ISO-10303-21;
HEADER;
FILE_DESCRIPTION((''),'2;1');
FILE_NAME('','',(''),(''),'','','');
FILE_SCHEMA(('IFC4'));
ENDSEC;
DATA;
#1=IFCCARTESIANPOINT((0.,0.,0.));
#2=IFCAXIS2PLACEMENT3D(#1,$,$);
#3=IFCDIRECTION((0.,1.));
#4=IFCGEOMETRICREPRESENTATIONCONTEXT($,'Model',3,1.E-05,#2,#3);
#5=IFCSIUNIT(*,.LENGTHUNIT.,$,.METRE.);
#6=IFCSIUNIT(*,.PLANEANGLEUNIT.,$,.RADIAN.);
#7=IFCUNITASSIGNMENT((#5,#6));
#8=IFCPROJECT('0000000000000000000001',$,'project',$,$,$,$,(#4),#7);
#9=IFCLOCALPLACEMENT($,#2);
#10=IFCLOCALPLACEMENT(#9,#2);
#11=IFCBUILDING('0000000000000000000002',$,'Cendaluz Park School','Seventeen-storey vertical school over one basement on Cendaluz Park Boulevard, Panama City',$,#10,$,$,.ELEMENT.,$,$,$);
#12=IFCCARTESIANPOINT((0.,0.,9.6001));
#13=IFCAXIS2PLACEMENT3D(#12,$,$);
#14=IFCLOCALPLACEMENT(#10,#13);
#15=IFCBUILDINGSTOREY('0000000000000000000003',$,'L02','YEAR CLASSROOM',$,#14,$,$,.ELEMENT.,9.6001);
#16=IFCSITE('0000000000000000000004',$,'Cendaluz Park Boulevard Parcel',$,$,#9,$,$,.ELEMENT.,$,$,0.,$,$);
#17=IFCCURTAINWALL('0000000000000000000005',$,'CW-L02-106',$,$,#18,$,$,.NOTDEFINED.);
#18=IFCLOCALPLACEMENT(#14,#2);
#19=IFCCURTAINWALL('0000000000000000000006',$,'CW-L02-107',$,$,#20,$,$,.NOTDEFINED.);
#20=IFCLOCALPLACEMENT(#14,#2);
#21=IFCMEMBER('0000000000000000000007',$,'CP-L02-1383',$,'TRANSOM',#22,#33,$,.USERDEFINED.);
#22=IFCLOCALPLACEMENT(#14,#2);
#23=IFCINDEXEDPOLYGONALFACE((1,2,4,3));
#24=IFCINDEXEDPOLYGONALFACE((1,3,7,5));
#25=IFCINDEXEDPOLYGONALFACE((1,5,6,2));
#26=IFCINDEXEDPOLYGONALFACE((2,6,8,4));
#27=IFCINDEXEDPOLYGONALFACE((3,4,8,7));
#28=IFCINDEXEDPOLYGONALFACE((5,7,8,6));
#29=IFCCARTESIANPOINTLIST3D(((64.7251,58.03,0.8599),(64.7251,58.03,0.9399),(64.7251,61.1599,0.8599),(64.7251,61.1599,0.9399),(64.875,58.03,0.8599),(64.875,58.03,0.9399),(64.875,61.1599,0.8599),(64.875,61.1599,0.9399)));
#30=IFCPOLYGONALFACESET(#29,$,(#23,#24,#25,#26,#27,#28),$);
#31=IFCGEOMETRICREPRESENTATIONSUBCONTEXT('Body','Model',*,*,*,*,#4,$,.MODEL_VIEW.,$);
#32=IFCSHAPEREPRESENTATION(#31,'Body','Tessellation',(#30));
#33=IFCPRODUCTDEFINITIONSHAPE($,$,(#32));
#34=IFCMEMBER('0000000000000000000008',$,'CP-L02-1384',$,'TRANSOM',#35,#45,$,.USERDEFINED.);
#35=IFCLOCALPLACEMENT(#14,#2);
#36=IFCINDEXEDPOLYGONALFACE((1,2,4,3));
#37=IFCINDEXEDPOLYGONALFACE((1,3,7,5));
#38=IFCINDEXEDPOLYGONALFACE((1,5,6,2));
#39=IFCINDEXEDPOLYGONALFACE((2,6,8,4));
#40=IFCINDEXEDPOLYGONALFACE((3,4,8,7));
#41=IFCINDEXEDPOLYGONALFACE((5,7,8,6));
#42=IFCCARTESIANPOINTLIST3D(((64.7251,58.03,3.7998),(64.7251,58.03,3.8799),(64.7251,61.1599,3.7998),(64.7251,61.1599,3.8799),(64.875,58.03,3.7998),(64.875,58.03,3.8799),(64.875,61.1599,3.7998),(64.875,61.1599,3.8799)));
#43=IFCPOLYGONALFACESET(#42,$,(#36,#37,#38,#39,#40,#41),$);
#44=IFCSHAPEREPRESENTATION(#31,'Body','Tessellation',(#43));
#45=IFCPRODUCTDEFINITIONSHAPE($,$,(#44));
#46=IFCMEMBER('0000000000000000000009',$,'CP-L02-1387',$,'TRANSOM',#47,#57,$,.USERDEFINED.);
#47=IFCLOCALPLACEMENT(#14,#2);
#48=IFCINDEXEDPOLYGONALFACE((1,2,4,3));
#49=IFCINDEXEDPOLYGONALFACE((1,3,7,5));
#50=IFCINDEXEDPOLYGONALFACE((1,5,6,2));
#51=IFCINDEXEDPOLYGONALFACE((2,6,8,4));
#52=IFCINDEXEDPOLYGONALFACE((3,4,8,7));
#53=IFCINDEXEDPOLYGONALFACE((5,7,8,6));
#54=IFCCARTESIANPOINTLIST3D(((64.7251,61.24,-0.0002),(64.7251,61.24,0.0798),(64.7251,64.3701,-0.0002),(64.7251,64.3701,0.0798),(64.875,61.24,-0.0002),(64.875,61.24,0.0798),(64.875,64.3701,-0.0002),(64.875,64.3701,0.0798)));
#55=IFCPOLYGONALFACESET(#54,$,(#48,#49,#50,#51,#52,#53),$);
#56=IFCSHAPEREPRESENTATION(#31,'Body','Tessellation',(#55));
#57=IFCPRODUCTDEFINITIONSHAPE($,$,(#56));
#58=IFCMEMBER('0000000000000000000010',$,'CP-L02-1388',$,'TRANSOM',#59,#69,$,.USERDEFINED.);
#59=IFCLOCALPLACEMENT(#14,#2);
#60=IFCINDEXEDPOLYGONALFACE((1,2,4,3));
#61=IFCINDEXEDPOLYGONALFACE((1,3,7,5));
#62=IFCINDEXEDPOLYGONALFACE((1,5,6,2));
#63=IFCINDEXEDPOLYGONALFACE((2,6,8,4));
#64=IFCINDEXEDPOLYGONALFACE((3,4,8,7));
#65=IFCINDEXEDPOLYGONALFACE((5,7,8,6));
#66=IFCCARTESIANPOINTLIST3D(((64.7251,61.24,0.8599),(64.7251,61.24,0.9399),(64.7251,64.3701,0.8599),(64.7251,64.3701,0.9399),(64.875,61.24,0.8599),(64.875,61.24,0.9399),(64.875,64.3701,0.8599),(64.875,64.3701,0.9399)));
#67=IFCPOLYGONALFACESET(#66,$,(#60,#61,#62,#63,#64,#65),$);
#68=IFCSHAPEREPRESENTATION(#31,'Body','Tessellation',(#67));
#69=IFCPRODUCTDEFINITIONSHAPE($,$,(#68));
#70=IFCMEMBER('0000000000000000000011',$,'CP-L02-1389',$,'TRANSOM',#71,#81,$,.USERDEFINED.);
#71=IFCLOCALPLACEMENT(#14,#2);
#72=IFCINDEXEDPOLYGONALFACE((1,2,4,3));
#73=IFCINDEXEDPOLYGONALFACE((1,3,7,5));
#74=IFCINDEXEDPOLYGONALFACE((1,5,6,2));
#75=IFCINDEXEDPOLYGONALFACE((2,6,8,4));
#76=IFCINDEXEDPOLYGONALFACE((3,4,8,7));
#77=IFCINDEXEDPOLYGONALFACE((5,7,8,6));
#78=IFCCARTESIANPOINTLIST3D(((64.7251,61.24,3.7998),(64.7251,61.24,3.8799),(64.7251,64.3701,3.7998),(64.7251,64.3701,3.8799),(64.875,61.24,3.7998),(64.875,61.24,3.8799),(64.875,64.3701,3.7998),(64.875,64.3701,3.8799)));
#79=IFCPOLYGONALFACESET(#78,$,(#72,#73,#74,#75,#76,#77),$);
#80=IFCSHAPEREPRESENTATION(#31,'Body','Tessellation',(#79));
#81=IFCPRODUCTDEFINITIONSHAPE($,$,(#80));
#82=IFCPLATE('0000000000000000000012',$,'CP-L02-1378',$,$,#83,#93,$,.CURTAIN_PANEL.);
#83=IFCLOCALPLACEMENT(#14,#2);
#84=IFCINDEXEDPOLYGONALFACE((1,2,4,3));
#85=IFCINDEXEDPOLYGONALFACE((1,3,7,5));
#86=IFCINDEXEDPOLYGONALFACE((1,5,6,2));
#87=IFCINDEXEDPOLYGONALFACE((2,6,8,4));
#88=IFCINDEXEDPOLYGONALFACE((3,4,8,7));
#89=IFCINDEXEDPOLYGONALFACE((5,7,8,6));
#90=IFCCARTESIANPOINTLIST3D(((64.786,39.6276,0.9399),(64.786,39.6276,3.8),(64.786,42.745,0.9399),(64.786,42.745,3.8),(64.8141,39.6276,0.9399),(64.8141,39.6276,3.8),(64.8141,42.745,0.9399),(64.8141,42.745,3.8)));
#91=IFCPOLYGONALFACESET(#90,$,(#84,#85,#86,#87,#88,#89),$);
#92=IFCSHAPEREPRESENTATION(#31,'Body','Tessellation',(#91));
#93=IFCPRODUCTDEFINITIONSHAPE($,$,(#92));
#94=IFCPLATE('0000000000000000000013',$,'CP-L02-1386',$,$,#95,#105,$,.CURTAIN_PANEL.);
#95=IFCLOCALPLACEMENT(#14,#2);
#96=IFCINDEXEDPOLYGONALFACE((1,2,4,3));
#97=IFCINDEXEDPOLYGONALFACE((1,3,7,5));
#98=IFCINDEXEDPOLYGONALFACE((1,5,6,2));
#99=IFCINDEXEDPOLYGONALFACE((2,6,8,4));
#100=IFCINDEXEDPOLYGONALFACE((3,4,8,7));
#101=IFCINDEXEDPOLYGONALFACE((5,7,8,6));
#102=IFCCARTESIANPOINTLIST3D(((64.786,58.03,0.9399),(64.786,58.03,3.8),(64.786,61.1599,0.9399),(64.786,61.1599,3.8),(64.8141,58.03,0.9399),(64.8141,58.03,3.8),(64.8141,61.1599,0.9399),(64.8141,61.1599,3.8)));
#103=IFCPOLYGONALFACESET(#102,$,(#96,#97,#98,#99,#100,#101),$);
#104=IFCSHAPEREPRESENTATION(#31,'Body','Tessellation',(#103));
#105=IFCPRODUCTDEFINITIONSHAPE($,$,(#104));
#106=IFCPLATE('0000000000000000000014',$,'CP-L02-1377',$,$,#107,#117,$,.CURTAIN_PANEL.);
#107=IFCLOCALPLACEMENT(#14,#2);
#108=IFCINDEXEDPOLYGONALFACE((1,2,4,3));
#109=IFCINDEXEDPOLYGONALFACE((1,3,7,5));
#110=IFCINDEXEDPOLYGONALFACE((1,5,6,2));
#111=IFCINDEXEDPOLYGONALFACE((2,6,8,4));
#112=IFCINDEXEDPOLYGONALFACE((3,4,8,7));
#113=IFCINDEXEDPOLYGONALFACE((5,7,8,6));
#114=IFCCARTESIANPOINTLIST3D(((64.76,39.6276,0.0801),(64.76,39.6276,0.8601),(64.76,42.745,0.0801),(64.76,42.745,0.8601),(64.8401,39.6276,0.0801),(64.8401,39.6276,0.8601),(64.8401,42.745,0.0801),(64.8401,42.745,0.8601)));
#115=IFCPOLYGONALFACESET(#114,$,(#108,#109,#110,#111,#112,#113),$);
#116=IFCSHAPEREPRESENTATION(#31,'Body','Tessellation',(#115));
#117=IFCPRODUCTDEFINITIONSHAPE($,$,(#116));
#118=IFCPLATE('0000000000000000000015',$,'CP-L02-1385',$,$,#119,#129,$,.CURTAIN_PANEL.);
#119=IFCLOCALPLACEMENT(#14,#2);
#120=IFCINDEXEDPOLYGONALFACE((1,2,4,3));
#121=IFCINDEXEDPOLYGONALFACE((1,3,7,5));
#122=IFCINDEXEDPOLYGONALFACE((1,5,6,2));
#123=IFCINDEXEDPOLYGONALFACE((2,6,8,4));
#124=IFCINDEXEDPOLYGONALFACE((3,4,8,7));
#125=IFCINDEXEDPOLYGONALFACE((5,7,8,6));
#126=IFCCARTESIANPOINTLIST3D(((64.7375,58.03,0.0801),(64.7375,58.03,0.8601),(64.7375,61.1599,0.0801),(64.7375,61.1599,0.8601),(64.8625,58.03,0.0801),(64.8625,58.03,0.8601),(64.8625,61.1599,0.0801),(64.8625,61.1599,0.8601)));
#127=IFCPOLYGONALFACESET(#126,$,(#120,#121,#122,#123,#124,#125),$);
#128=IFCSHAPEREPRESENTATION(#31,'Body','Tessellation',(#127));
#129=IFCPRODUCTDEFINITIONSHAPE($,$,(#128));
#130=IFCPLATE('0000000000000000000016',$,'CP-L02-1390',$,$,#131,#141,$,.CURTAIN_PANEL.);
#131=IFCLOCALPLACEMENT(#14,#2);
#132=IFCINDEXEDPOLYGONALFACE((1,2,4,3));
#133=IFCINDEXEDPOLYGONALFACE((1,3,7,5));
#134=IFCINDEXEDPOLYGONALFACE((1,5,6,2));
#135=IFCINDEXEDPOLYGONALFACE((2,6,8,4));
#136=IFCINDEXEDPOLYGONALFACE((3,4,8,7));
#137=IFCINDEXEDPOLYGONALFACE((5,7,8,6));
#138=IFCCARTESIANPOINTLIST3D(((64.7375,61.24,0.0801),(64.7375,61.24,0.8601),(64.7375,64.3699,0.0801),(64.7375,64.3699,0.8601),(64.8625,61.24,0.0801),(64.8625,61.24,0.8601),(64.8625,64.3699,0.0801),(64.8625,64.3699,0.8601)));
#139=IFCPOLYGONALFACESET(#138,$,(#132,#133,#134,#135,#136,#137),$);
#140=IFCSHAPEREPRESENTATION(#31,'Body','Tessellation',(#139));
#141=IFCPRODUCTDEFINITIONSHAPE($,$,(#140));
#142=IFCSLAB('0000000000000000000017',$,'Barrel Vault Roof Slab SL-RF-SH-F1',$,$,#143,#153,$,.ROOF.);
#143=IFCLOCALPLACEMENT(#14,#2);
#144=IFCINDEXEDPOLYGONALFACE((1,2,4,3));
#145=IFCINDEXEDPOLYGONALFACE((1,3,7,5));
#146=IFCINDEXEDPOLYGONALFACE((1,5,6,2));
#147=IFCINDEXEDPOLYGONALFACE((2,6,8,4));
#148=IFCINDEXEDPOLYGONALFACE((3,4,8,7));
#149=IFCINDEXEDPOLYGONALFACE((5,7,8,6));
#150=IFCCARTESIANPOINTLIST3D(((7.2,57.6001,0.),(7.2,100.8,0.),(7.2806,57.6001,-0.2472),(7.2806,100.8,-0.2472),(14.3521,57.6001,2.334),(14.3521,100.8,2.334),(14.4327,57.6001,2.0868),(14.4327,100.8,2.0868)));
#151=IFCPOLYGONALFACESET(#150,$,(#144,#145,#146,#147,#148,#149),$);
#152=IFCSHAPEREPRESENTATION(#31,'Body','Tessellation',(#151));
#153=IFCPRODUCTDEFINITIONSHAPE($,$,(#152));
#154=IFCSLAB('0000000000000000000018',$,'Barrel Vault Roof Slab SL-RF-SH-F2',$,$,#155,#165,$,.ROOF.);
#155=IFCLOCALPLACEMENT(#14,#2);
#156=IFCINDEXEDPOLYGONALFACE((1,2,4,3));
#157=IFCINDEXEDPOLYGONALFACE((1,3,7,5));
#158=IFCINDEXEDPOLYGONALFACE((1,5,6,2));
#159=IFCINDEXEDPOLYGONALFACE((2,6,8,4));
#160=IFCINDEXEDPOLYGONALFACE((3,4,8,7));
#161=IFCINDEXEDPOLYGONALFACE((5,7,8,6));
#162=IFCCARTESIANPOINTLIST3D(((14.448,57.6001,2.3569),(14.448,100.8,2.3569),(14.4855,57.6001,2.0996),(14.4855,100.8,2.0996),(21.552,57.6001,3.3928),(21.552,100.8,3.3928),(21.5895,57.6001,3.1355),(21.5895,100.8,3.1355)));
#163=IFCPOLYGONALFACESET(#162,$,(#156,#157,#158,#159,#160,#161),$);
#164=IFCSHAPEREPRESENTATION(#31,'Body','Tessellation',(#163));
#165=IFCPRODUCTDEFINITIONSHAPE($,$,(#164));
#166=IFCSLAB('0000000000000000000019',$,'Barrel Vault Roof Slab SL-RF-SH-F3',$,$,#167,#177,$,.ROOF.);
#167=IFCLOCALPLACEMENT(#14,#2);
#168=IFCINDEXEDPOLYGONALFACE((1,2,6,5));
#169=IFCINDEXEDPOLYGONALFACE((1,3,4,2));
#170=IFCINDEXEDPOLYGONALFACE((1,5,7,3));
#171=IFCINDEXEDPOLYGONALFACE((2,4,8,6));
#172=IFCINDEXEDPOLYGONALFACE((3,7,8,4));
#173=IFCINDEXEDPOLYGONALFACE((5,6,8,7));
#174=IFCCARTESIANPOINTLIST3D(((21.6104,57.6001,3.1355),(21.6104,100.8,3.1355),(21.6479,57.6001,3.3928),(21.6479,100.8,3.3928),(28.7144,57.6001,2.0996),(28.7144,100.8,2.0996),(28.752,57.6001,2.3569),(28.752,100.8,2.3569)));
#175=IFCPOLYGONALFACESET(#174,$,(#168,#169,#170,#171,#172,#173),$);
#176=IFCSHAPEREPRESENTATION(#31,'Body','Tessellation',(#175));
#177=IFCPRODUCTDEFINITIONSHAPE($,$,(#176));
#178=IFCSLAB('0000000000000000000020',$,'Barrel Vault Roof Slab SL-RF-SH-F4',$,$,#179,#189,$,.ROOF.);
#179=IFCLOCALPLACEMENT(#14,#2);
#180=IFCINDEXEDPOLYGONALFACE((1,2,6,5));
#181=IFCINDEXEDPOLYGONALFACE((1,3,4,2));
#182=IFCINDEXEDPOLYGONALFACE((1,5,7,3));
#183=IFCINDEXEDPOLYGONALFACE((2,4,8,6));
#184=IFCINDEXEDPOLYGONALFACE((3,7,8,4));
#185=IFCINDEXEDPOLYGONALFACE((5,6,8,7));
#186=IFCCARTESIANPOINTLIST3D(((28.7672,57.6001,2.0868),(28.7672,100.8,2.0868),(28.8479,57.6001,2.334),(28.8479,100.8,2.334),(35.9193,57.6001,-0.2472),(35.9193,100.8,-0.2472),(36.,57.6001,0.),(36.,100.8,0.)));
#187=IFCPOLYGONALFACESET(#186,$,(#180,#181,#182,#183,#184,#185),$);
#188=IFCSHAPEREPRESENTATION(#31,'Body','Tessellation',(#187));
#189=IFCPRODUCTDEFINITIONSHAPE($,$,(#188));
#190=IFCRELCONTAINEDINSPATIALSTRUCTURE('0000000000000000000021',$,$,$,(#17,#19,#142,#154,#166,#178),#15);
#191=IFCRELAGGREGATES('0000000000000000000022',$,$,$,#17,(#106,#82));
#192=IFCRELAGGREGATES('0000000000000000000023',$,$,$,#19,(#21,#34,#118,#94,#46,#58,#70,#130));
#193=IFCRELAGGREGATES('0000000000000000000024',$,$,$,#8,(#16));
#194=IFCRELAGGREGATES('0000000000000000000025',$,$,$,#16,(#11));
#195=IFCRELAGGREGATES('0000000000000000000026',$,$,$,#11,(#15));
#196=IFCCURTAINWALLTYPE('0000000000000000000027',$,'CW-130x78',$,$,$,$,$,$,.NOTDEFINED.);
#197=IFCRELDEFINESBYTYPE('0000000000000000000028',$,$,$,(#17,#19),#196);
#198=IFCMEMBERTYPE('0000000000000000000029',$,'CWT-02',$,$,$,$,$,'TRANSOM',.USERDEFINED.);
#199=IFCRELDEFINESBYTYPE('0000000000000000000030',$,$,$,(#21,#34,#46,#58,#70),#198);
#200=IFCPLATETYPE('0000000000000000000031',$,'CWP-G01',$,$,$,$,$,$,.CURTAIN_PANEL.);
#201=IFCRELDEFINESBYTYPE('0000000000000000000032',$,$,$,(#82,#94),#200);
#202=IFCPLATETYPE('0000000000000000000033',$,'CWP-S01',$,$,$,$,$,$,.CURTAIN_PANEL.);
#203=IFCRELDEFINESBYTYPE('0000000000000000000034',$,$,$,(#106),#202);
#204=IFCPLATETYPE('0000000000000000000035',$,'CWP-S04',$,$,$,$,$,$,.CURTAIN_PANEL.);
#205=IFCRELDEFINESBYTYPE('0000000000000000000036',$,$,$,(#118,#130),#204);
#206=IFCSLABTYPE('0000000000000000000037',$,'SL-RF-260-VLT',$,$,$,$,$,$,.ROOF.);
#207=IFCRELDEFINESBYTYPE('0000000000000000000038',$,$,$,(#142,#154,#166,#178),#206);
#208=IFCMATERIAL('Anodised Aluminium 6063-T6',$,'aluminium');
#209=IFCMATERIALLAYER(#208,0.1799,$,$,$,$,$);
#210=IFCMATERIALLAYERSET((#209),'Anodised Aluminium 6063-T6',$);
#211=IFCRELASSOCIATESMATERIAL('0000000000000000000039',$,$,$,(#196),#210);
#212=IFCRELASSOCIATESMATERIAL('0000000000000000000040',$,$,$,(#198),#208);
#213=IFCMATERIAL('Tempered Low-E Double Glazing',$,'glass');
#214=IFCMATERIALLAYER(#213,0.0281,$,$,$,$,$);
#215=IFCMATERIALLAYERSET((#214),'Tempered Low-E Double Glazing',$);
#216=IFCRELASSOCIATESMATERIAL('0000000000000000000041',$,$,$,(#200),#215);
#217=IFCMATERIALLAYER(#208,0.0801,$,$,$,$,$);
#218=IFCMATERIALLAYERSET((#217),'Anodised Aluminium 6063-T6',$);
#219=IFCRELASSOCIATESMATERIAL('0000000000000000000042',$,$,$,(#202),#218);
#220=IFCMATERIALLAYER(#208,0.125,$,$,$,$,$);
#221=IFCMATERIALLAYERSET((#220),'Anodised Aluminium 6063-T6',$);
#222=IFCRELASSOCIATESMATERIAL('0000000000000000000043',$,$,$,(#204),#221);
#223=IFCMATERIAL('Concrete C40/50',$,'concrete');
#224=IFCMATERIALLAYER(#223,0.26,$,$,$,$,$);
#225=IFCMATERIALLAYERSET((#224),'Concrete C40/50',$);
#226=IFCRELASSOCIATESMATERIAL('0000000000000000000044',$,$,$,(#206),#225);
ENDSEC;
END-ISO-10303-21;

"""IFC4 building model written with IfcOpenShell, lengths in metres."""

from ifc_helpers import new_model, si_unit, direction, frame, origin, origin_2d, place, context, subcontext, project, spatial, polyline, rectangle, outline, extrude, material, layer, layer_set, material_profile, profile_set, type_object, element, aggregate, save


model = new_model("IFC4")

# Units and contexts
model_context = context("Model", 3, precision=1e-05, world=origin(), true_north=direction((0.0, 1.0)))
body_context = subcontext(model_context, "Body", "Model", "MODEL_VIEW")
ifc_project = project(units=[si_unit("LENGTHUNIT", "METRE"), si_unit("PLANEANGLEUNIT", "RADIAN")], contexts=[model_context])

# Site, building, storey
site_placement = place(None, origin())
site = spatial("IfcSite", under=ifc_project, at=site_placement, Name="Cendaluz Park Boulevard Parcel", CompositionType="ELEMENT", RefElevation=0.0)
building_placement = place(site_placement, origin())
building = spatial("IfcBuilding", under=site, at=building_placement, Name="Cendaluz Park School", Description="Seventeen-storey vertical school over one basement on Cendaluz Park Boulevard, Panama City", CompositionType="ELEMENT")
storey_placement = place(building_placement, frame((0.0, 0.0, 9.6001)))
storey = spatial("IfcBuildingStorey", under=building, at=storey_placement, Name="L02", Description="YEAR CLASSROOM", CompositionType="ELEMENT", Elevation=9.6001)

# Shared definitions
ifc_material_1 = material(Name="Concrete C40/50", Category="concrete")

# Curtain walls
ifc_material_2 = material(Name="Anodised Aluminium 6063-T6", Category="aluminium")
ifc_layer_1 = layer(ifc_material_2, 0.1799)
ifc_layer_set_1 = layer_set([ifc_layer_1], Name="Anodised Aluminium 6063-T6")
curtain_wall_type = type_object("IfcCurtainWallType", Name="CW-130x78", PredefinedType="NOTDEFINED", material=ifc_layer_set_1)
curtain_wall_1_placement = place(storey_placement, origin())
curtain_wall_1 = element("IfcCurtainWall", 1, at=curtain_wall_1_placement, inside=storey, type_object=curtain_wall_type, Name="CW-L02-106", PredefinedType="NOTDEFINED")
curtain_wall_2_placement = place(storey_placement, origin())
curtain_wall_2 = element("IfcCurtainWall", 2, at=curtain_wall_2_placement, inside=storey, type_object=curtain_wall_type, Name="CW-L02-107", PredefinedType="NOTDEFINED")

# Members
ifc_material_profile_1 = material_profile(ifc_material_2, rectangle(XDim=0.1499, YDim=0.0801, at=origin_2d()), Name="CWT 150x80", Category="aluminium")
ifc_profile_set_1 = profile_set([ifc_material_profile_1], Name="Anodised Aluminium 6063-T6")
member_type_1 = type_object("IfcMemberType", Name="CWT-02", ElementType="TRANSOM", PredefinedType="USERDEFINED", material=ifc_profile_set_1)
member_1_placement = place(storey_placement, frame((64.8, 58.03, 0.8999), z_axis=(0.0, 1.0, 0.0), x_axis=(-1.0, 0.0, 0.0)))
member_1 = element("IfcMember", 3, at=member_1_placement, type_object=member_type_1, Name="CP-L02-1383", ObjectType="TRANSOM", PredefinedType="USERDEFINED", context=body_context, shape_type="SweptSolid", body=[
    extrude(rectangle(XDim=0.1499, YDim=0.0801, at=origin_2d()), origin(), (0.0, 0.0, 1.0), 3.1299),
])
member_2_placement = place(storey_placement, frame((64.8, 58.03, 3.8398), z_axis=(0.0, 1.0, 0.0), x_axis=(-1.0, 0.0, 0.0)))
member_2 = element("IfcMember", 4, at=member_2_placement, type_object=member_type_1, Name="CP-L02-1384", ObjectType="TRANSOM", PredefinedType="USERDEFINED", context=body_context, shape_type="SweptSolid", body=[
    extrude(rectangle(XDim=0.1499, YDim=0.0801, at=origin_2d()), origin(), (0.0, 0.0, 1.0), 3.1299),
])
member_3_placement = place(storey_placement, frame((64.8, 61.24, 0.0398), z_axis=(0.0, 1.0, 0.0), x_axis=(-1.0, 0.0, 0.0)))
member_3 = element("IfcMember", 5, at=member_3_placement, type_object=member_type_1, Name="CP-L02-1387", ObjectType="TRANSOM", PredefinedType="USERDEFINED", context=body_context, shape_type="SweptSolid", body=[
    extrude(rectangle(XDim=0.1499, YDim=0.0801, at=origin_2d()), origin(), (0.0, 0.0, 1.0), 3.1301),
])
member_4_placement = place(storey_placement, frame((64.8, 61.24, 0.8999), z_axis=(0.0, 1.0, 0.0), x_axis=(-1.0, 0.0, 0.0)))
member_4 = element("IfcMember", 6, at=member_4_placement, type_object=member_type_1, Name="CP-L02-1388", ObjectType="TRANSOM", PredefinedType="USERDEFINED", context=body_context, shape_type="SweptSolid", body=[
    extrude(rectangle(XDim=0.1499, YDim=0.0801, at=origin_2d()), origin(), (0.0, 0.0, 1.0), 3.1301),
])
member_5_placement = place(storey_placement, frame((64.8, 61.24, 3.8398), z_axis=(0.0, 1.0, 0.0), x_axis=(-1.0, 0.0, 0.0)))
member_5 = element("IfcMember", 7, at=member_5_placement, type_object=member_type_1, Name="CP-L02-1389", ObjectType="TRANSOM", PredefinedType="USERDEFINED", context=body_context, shape_type="SweptSolid", body=[
    extrude(rectangle(XDim=0.1499, YDim=0.0801, at=origin_2d()), origin(), (0.0, 0.0, 1.0), 3.1301),
])

# Plates
ifc_material_3 = material(Name="Tempered Low-E Double Glazing", Category="glass")
ifc_layer_2 = layer(ifc_material_3, 0.0281)
ifc_layer_set_2 = layer_set([ifc_layer_2], Name="Tempered Low-E Double Glazing")
plate_type_1 = type_object("IfcPlateType", Name="CWP-G01", PredefinedType="CURTAIN_PANEL", material=ifc_layer_set_2)
plate_1_placement = place(storey_placement, frame((64.8, 41.1863, 0.9399), z_axis=(0.0, 0.0, 1.0), x_axis=(0.0, 1.0, 0.0)))
plate_1 = element("IfcPlate", 8, at=plate_1_placement, type_object=plate_type_1, Name="CP-L02-1378", PredefinedType="CURTAIN_PANEL", context=body_context, shape_type="SweptSolid", body=[
    extrude(rectangle(XDim=3.1174, YDim=0.0281, at=origin_2d()), origin(), (0.0, 0.0, 1.0), 2.8601),
])
plate_2_placement = place(storey_placement, frame((64.8, 59.595, 0.9399), z_axis=(0.0, 0.0, 1.0), x_axis=(0.0, 1.0, 0.0)))
plate_2 = element("IfcPlate", 9, at=plate_2_placement, type_object=plate_type_1, Name="CP-L02-1386", PredefinedType="CURTAIN_PANEL", context=body_context, shape_type="SweptSolid", body=[
    extrude(rectangle(XDim=3.1299, YDim=0.0281, at=origin_2d()), origin(), (0.0, 0.0, 1.0), 2.8601),
])
ifc_layer_3 = layer(ifc_material_2, 0.0801)
ifc_layer_set_3 = layer_set([ifc_layer_3], Name="Anodised Aluminium 6063-T6")
plate_type_2 = type_object("IfcPlateType", Name="CWP-S01", PredefinedType="CURTAIN_PANEL", material=ifc_layer_set_3)
plate_3_placement = place(storey_placement, frame((64.8, 41.1863, 0.0801), z_axis=(0.0, 0.0, 1.0), x_axis=(0.0, 1.0, 0.0)))
plate_3 = element("IfcPlate", 10, at=plate_3_placement, type_object=plate_type_2, Name="CP-L02-1377", PredefinedType="CURTAIN_PANEL", context=body_context, shape_type="SweptSolid", body=[
    extrude(rectangle(XDim=3.1174, YDim=0.0801, at=origin_2d()), origin(), (0.0, 0.0, 1.0), 0.78),
])
aggregate(curtain_wall_1, [plate_3, plate_1])
ifc_layer_4 = layer(ifc_material_2, 0.125)
ifc_layer_set_4 = layer_set([ifc_layer_4], Name="Anodised Aluminium 6063-T6")
plate_type_3 = type_object("IfcPlateType", Name="CWP-S04", PredefinedType="CURTAIN_PANEL", material=ifc_layer_set_4)
plate_4_placement = place(storey_placement, frame((64.8, 59.595, 0.0801), z_axis=(0.0, 0.0, 1.0), x_axis=(0.0, 1.0, 0.0)))
plate_4 = element("IfcPlate", 11, at=plate_4_placement, type_object=plate_type_3, Name="CP-L02-1385", PredefinedType="CURTAIN_PANEL", context=body_context, shape_type="SweptSolid", body=[
    extrude(rectangle(XDim=3.1299, YDim=0.125, at=origin_2d()), origin(), (0.0, 0.0, 1.0), 0.78),
])
plate_5_placement = place(storey_placement, frame((64.8, 62.8049, 0.0801), z_axis=(0.0, 0.0, 1.0), x_axis=(0.0, 1.0, 0.0)))
plate_5 = element("IfcPlate", 12, at=plate_5_placement, type_object=plate_type_3, Name="CP-L02-1390", PredefinedType="CURTAIN_PANEL", context=body_context, shape_type="SweptSolid", body=[
    extrude(rectangle(XDim=3.1299, YDim=0.125, at=origin_2d()), origin(), (0.0, 0.0, 1.0), 0.78),
])
aggregate(curtain_wall_2, [member_1, member_2, plate_4, plate_2, member_3, member_4, member_5, plate_5])

# Slabs
ifc_layer_5 = layer(ifc_material_1, 0.26)
ifc_layer_set_5 = layer_set([ifc_layer_5], Name="Concrete C40/50")
slab_type = type_object("IfcSlabType", Name="SL-RF-260-VLT", PredefinedType="ROOF", material=ifc_layer_set_5)
slab_1_placement = place(storey_placement, frame((7.2, 57.6001, 0.0), z_axis=(-0.310234, 0.0, 0.95066), x_axis=(0.95066, 0.0, 0.310234)))
element("IfcSlab", 13, at=slab_1_placement, inside=storey, type_object=slab_type, Name="Barrel Vault Roof Slab SL-RF-SH-F1", PredefinedType="ROOF", context=body_context, shape_type="SweptSolid", body=[
    extrude(outline(polyline([(0.0, 0.0), (7.5233, 0.0), (7.5233, 43.2), (0.0, 43.2), (0.0, 0.0)])), origin(), (0.0, 0.0, -1.0), 0.26),
])
for number, where, z_axis, x_axis, name in (
    (14, (14.448, 57.6001, 2.3569), (-0.144292, 0.0, 0.989535), (0.989535, 0.0, 0.144292), "Barrel Vault Roof Slab SL-RF-SH-F2"),
    (15, (21.6479, 57.6001, 3.3928), (0.144292, 0.0, 0.989535), (0.989535, 0.0, -0.144292), "Barrel Vault Roof Slab SL-RF-SH-F3"),
):
    element("IfcSlab", number, at=place(storey_placement, frame(where, z_axis=z_axis, x_axis=x_axis)), inside=storey, type_object=slab_type, Name=name, PredefinedType="ROOF", context=body_context, shape_type="SweptSolid", body=[
        extrude(outline(polyline([(0.0, 0.0), (7.1791, 0.0), (7.1791, 43.2), (0.0, 43.2), (0.0, 0.0)])), origin(), (0.0, 0.0, -1.0), 0.26),
    ])
slab_2_placement = place(storey_placement, frame((28.8479, 57.6001, 2.334), z_axis=(0.310234, 0.0, 0.95066), x_axis=(0.95066, 0.0, -0.310234)))
element("IfcSlab", 16, at=slab_2_placement, inside=storey, type_object=slab_type, Name="Barrel Vault Roof Slab SL-RF-SH-F4", PredefinedType="ROOF", context=body_context, shape_type="SweptSolid", body=[
    extrude(outline(polyline([(0.0, 0.0), (7.5233, 0.0), (7.5233, 43.2), (0.0, 43.2), (0.0, 0.0)])), origin(), (0.0, 0.0, -1.0), 0.26),
])

save(model, "model.ifc")
